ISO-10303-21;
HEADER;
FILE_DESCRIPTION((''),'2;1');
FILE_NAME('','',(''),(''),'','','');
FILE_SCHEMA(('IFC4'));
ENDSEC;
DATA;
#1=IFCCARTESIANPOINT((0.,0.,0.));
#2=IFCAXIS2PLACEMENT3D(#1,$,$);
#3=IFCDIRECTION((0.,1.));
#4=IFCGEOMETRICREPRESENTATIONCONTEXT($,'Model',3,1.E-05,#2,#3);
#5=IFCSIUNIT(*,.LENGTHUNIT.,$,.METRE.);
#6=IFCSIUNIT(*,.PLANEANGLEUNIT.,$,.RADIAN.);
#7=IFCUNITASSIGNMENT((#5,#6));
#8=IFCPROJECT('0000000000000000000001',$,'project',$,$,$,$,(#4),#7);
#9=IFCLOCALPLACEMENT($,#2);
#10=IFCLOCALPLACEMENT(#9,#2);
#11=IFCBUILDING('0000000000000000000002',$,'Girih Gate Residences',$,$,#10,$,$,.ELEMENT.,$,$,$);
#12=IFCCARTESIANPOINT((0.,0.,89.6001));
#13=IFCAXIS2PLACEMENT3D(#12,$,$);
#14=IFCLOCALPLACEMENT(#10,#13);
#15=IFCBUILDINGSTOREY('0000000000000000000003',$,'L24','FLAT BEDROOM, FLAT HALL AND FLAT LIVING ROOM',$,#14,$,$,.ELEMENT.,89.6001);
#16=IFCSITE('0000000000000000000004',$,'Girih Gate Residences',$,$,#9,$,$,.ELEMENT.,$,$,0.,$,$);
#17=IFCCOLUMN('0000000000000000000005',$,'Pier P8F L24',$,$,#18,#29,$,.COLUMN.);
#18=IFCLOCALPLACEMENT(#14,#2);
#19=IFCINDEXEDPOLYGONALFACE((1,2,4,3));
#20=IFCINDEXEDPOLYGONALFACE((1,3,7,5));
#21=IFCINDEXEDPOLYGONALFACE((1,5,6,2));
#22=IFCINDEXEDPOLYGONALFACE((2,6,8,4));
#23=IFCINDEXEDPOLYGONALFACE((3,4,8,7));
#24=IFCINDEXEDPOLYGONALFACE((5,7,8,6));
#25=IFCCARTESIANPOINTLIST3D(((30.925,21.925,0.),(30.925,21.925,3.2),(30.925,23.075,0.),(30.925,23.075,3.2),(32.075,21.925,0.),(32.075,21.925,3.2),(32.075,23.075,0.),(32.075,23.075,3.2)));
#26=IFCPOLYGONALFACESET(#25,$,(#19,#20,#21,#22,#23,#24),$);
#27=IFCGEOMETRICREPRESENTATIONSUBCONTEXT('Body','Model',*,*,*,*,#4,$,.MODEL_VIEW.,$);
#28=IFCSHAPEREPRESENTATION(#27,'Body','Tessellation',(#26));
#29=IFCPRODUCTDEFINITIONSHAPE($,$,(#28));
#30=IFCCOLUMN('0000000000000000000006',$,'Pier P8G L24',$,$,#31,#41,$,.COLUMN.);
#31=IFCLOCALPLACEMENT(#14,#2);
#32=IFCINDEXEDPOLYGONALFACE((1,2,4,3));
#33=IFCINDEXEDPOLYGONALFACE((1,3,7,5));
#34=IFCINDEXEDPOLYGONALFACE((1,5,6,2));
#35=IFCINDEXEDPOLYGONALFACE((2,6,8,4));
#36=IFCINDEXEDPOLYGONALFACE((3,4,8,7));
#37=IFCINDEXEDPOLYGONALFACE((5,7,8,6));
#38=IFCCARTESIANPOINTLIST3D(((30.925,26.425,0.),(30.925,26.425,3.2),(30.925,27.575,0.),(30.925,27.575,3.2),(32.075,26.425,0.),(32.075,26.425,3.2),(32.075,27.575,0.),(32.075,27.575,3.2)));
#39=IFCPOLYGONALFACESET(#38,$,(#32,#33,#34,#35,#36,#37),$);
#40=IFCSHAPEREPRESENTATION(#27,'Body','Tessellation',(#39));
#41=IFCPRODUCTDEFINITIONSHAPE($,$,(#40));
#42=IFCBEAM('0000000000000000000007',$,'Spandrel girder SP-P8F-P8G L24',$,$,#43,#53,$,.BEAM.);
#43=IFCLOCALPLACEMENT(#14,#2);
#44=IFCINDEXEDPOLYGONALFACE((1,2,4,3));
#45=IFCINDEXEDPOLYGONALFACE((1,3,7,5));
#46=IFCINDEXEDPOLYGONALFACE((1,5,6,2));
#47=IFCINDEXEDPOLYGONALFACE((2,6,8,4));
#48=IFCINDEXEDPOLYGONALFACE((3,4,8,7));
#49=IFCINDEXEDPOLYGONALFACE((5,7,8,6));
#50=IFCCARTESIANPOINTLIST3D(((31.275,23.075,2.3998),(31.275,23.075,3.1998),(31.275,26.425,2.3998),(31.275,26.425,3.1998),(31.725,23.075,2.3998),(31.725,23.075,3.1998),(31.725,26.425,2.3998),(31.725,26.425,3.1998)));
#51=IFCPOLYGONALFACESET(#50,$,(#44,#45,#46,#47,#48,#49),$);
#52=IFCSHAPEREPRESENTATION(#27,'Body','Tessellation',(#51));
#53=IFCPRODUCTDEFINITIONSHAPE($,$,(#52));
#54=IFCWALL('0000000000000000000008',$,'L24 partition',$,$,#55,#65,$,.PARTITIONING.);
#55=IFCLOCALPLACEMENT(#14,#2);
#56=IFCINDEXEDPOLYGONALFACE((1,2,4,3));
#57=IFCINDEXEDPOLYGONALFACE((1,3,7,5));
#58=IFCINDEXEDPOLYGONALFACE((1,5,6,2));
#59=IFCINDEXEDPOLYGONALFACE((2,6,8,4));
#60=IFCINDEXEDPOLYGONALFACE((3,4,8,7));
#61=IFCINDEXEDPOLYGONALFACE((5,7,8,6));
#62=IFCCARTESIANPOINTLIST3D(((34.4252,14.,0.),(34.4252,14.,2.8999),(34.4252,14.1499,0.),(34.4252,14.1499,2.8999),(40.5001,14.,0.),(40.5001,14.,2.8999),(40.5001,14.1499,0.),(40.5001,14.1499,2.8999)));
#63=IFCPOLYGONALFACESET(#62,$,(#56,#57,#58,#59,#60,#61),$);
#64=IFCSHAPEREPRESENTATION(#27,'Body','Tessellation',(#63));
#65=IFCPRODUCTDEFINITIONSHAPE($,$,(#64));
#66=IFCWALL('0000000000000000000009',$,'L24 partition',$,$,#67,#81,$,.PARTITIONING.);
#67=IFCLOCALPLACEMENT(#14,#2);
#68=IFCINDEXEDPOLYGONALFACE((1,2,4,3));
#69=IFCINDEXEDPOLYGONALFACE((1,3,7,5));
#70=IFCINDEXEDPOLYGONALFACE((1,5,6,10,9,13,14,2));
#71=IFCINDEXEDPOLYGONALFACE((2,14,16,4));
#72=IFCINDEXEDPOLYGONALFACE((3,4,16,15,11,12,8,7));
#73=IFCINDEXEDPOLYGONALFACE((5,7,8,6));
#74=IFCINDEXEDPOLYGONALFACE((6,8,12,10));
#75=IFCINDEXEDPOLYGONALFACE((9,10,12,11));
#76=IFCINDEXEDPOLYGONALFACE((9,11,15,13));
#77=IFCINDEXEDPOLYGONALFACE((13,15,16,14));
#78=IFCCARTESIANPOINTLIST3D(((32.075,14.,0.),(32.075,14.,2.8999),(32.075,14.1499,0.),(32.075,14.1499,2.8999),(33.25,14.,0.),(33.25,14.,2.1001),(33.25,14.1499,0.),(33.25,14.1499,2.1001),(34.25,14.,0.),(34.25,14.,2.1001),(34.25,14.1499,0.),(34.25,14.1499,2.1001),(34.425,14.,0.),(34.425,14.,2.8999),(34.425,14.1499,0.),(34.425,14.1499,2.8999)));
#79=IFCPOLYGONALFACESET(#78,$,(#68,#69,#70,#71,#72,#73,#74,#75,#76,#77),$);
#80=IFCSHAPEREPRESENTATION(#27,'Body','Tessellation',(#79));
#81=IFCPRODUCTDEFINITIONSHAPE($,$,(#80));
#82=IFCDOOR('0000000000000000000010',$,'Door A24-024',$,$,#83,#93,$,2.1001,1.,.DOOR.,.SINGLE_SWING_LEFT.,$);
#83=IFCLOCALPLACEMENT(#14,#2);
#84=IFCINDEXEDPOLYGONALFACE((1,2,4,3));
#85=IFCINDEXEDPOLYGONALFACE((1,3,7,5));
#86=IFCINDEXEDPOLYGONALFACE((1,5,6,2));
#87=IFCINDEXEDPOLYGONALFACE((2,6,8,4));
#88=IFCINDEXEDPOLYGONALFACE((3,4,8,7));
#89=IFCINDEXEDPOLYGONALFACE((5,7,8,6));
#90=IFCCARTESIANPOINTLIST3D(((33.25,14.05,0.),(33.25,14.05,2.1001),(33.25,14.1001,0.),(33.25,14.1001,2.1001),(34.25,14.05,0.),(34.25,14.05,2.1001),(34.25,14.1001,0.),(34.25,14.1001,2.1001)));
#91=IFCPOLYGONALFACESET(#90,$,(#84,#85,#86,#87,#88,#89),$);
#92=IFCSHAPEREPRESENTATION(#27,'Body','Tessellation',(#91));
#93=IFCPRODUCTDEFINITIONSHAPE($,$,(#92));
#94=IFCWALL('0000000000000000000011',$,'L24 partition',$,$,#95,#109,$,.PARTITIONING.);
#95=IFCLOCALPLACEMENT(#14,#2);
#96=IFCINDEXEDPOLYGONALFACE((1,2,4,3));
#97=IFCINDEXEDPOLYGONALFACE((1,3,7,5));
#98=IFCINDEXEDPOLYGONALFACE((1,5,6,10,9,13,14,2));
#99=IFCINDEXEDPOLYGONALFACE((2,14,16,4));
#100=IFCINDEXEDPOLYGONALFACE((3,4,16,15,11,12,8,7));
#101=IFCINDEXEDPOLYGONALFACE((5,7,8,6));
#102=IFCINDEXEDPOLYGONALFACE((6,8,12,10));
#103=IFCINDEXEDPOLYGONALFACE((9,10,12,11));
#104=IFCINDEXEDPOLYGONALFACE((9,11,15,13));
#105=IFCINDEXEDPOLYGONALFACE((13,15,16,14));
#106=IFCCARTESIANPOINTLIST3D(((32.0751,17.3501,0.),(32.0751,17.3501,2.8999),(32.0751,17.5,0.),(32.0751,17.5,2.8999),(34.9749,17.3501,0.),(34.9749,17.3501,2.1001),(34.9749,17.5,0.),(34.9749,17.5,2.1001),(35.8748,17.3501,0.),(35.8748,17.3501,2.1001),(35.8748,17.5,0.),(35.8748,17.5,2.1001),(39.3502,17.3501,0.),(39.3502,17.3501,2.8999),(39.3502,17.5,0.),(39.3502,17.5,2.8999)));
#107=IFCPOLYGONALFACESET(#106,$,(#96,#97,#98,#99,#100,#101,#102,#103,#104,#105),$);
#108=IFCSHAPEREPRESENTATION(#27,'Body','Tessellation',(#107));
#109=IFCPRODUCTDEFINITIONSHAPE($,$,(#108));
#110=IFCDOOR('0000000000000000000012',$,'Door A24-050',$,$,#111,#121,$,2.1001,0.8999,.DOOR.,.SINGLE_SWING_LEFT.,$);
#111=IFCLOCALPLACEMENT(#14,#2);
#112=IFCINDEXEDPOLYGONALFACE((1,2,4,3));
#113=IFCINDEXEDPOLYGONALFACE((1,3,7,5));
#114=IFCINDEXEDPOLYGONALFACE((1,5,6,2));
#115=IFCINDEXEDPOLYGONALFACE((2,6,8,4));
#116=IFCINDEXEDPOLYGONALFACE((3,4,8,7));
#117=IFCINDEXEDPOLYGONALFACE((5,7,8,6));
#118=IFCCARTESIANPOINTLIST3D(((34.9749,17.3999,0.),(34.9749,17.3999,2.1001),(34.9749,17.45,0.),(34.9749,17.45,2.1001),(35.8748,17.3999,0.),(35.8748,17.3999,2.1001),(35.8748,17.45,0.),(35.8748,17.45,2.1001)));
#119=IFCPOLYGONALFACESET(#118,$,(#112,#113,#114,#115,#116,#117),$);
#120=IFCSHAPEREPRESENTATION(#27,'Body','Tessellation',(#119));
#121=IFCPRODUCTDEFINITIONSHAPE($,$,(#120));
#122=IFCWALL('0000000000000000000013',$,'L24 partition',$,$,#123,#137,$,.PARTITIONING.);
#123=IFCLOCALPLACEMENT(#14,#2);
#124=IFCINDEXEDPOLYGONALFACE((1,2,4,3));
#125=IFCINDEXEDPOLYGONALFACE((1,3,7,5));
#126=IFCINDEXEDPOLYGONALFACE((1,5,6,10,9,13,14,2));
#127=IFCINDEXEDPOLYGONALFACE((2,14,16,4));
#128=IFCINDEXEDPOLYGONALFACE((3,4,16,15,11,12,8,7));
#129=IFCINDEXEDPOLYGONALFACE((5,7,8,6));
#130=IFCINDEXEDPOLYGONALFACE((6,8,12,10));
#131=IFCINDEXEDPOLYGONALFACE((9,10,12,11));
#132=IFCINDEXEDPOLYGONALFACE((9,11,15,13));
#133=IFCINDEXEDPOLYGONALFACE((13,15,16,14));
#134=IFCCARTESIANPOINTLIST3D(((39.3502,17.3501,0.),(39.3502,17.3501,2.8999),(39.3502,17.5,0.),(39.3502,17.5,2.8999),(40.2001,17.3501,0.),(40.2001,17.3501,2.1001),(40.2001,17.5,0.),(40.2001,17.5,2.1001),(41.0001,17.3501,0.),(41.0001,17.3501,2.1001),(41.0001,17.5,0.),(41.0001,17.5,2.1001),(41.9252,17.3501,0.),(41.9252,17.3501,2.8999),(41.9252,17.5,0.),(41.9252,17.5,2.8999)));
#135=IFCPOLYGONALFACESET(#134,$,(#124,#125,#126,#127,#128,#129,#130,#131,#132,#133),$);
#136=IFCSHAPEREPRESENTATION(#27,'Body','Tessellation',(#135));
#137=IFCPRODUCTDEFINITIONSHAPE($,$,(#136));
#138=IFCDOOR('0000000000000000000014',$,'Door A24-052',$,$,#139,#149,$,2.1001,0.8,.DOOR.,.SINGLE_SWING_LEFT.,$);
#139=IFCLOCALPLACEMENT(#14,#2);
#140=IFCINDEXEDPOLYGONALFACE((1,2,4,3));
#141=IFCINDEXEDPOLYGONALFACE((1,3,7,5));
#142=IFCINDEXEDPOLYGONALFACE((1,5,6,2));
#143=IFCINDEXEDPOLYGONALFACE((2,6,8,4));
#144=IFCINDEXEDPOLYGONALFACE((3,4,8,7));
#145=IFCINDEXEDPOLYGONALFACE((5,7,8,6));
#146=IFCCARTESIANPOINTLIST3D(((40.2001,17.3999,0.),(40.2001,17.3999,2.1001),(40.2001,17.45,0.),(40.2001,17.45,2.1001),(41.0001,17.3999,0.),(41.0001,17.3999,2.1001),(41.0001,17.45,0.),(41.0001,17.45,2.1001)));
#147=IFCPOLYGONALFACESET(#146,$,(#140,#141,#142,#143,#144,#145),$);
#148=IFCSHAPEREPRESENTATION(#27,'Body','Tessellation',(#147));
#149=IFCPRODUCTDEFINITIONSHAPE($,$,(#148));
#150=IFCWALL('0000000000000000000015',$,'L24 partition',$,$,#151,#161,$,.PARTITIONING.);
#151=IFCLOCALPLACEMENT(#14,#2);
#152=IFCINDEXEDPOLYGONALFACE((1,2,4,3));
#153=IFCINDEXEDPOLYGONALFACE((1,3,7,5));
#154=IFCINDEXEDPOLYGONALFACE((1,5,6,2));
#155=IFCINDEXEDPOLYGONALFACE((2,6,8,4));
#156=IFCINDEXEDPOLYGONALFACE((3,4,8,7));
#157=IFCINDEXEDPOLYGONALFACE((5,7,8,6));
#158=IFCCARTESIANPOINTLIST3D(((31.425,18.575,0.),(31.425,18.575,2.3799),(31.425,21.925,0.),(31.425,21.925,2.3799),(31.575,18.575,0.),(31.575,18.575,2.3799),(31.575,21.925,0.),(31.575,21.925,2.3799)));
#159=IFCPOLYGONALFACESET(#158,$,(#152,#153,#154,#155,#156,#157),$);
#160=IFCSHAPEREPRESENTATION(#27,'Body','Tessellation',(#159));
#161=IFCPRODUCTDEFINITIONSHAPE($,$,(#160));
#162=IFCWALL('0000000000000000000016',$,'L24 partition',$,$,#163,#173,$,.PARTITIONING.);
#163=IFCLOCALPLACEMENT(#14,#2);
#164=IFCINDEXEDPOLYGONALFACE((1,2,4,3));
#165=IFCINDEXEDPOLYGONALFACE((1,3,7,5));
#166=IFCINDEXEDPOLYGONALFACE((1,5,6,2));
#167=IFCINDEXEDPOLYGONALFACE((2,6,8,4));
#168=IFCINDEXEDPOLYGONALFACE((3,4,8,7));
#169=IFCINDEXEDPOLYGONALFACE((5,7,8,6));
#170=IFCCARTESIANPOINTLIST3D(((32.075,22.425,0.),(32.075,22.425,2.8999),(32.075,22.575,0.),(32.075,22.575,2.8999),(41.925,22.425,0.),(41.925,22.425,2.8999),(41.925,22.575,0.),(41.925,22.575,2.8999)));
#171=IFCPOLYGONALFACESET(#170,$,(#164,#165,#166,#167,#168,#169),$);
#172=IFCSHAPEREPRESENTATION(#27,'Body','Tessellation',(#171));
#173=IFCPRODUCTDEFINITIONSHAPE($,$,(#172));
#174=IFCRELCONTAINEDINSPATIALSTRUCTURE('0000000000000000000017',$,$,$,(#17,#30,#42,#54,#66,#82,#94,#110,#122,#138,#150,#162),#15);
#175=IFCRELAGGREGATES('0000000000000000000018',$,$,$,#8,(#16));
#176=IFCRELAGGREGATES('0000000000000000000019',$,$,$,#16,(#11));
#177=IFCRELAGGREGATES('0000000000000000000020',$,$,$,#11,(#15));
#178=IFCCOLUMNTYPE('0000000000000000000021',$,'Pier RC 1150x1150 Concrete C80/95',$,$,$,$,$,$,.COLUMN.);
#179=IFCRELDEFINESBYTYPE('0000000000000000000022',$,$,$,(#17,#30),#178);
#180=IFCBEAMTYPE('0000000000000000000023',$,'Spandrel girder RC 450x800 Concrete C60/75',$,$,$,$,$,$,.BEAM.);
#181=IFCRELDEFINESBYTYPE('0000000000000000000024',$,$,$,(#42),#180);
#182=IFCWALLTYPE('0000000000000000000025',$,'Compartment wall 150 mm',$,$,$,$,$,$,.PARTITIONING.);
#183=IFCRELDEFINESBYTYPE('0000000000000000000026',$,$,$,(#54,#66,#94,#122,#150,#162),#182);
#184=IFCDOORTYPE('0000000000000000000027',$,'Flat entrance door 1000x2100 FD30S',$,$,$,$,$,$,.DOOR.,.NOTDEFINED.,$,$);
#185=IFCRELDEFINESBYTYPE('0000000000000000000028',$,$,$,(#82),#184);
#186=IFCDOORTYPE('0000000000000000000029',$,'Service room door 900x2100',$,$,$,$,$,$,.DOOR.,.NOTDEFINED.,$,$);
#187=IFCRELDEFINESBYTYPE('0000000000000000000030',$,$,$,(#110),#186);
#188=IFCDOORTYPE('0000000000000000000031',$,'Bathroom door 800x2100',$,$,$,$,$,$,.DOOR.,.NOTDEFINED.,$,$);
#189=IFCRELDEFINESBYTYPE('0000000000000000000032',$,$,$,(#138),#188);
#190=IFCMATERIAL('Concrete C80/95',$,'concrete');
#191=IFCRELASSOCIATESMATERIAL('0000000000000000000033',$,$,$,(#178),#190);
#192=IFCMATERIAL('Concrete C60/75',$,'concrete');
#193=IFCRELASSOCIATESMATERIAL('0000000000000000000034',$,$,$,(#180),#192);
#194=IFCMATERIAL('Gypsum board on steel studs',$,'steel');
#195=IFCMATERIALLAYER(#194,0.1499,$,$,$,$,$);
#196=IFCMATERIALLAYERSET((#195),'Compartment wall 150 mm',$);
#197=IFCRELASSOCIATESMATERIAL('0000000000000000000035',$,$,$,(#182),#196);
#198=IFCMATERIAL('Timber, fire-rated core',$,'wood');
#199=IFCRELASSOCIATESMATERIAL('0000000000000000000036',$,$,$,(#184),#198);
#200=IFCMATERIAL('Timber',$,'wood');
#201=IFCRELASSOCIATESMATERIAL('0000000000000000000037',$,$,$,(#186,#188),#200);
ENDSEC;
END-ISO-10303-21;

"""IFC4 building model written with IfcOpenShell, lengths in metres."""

from ifc_helpers import new_model, si_unit, direction, frame, frame_2d, origin, origin_2d, place, context, subcontext, project, spatial, rectangle, extrude, material, layer, layer_set, material_profile, profile_set, type_object, element, fill, save


model = new_model("IFC4")

# Units and contexts
model_context = context("Model", 3, precision=1e-05, world=origin(), true_north=direction((0.0, 1.0)))
body_context = subcontext(model_context, "Body", "Model", "MODEL_VIEW")
ifc_project = project(units=[si_unit("LENGTHUNIT", "METRE"), si_unit("PLANEANGLEUNIT", "RADIAN")], contexts=[model_context])

# Site, building, storey
site_placement = place(None, origin())
site = spatial("IfcSite", under=ifc_project, at=site_placement, Name="Girih Gate Residences", CompositionType="ELEMENT", RefElevation=0.0)
building_placement = place(site_placement, origin())
building = spatial("IfcBuilding", under=site, at=building_placement, Name="Girih Gate Residences", CompositionType="ELEMENT")
storey_placement = place(building_placement, frame((0.0, 0.0, 89.6001)))
storey = spatial("IfcBuildingStorey", under=building, at=storey_placement, Name="L24", Description="FLAT BEDROOM, FLAT HALL AND FLAT LIVING ROOM", CompositionType="ELEMENT", Elevation=89.6001)

# Columns
ifc_material_1 = material(Name="Concrete C80/95", Category="concrete")
ifc_material_profile_1 = material_profile(ifc_material_1, rectangle(XDim=1.1499, YDim=1.1499, at=origin_2d()))
ifc_profile_set_1 = profile_set([ifc_material_profile_1], Name="Concrete C80/95")
column_type = type_object("IfcColumnType", Name="Pier RC 1150x1150 Concrete C80/95", PredefinedType="COLUMN", material=ifc_profile_set_1)
for number, where, z_axis, x_axis, name in (
    (1, (31.5, 22.5, 0.0), (0.0, 0.0, 1.0), (1.0, 0.0, 0.0), "Pier P8F L24"),
    (2, (31.5, 27.0, 0.0), (0.0, 0.0, 1.0), (1.0, 0.0, 0.0), "Pier P8G L24"),
):
    element("IfcColumn", number, at=place(storey_placement, frame(where, z_axis=z_axis, x_axis=x_axis)), inside=storey, type_object=column_type, Name=name, PredefinedType="COLUMN", context=body_context, shape_type="SweptSolid", body=[
        extrude(rectangle(XDim=1.1499, YDim=1.1499, at=origin_2d()), origin(), (0.0, 0.0, 1.0), 3.2),
    ])

# Beam
ifc_material_2 = material(Name="Concrete C60/75", Category="concrete")
ifc_material_profile_2 = material_profile(ifc_material_2, rectangle(XDim=0.45, YDim=0.8, at=origin_2d()))
ifc_profile_set_2 = profile_set([ifc_material_profile_2], Name="Concrete C60/75")
beam_type = type_object("IfcBeamType", Name="Spandrel girder RC 450x800 Concrete C60/75", PredefinedType="BEAM", material=ifc_profile_set_2)
beam_placement = place(storey_placement, frame((31.5, 23.075, 2.7998), z_axis=(0.0, 1.0, 0.0), x_axis=(-1.0, 0.0, 0.0)))
element("IfcBeam", 3, at=beam_placement, inside=storey, type_object=beam_type, Name="Spandrel girder SP-P8F-P8G L24", PredefinedType="BEAM", context=body_context, shape_type="SweptSolid", body=[
    extrude(rectangle(XDim=0.45, YDim=0.8, at=origin_2d()), origin(), (0.0, 0.0, 1.0), 3.3501),
])

# Wall
ifc_material_3 = material(Name="Gypsum board on steel studs", Category="steel")
ifc_layer_1 = layer(ifc_material_3, 0.1499)
ifc_layer_set_1 = layer_set([ifc_layer_1], Name="Compartment wall 150 mm")
wall_type_1 = type_object("IfcWallType", Name="Compartment wall 150 mm", PredefinedType="PARTITIONING", material=ifc_layer_set_1)
wall_1_placement = place(storey_placement, frame((34.425, 14.075, 0.0), z_axis=(0.0, 0.0, 1.0), x_axis=(1.0, 0.0, 0.0)))
element("IfcWall", 4, at=wall_1_placement, inside=storey, type_object=wall_type_1, Name="L24 partition", PredefinedType="PARTITIONING", context=body_context, shape_type="SweptSolid", body=[
    extrude(rectangle(XDim=6.075, YDim=0.1499, at=frame_2d((3.0376, 0.0))), origin(), (0.0, 0.0, 1.0), 2.8999),
])

# Walls, openings, doors
wall_2_placement = place(storey_placement, frame((34.425, 14.075, 0.0), z_axis=(0.0, 0.0, 1.0), x_axis=(-1.0, 0.0, 0.0)))
wall_2 = element("IfcWall", 5, at=wall_2_placement, inside=storey, type_object=wall_type_1, Name="L24 partition", PredefinedType="PARTITIONING", context=body_context, shape_type="SweptSolid", body=[
    extrude(rectangle(XDim=2.3501, YDim=0.1499, at=frame_2d((1.175, 0.0))), origin(), (0.0, 0.0, 1.0), 2.8999),
])
opening_1_placement = place(wall_2_placement, frame((0.175, 0.0, 0.0)))
opening_1 = element("IfcOpeningElement", 6, at=opening_1_placement, cuts=wall_2, PredefinedType="OPENING", context=body_context, shape_type="SweptSolid", body=[
    extrude(rectangle(XDim=1.0, YDim=2.1001, at=frame_2d((0.5, 1.05))), frame((0.0, 0.085, 0.0), z_axis=(0.0, -1.0, 0.0), x_axis=(1.0, 0.0, 0.0)), (0.0, 0.0, 1.0), 0.1699),
])
ifc_material_4 = material(Name="Timber, fire-rated core", Category="wood")
door_type_1 = type_object("IfcDoorType", Name="Flat entrance door 1000x2100 FD30S", OperationType="NOTDEFINED", PredefinedType="DOOR", material=ifc_material_4)
door_1_placement = place(opening_1_placement, origin())
door_1 = element("IfcDoor", 7, at=door_1_placement, inside=storey, type_object=door_type_1, Name="Door A24-024", OperationType="SINGLE_SWING_LEFT", OverallHeight=2.1001, OverallWidth=1.0, PredefinedType="DOOR", context=body_context, shape_type="SweptSolid", body=[
    extrude(rectangle(XDim=1.0, YDim=2.1001, at=frame_2d((0.5, 1.05))), frame((0.0, 0.0249, 0.0), z_axis=(0.0, -1.0, 0.0), x_axis=(1.0, 0.0, 0.0)), (0.0, 0.0, 1.0), 0.05),
])
fill(opening_1, door_1)
wall_3_placement = place(storey_placement, frame((32.075, 17.425, 0.0), z_axis=(0.0, 0.0, 1.0), x_axis=(1.0, 0.0, 0.0)))
wall_3 = element("IfcWall", 8, at=wall_3_placement, inside=storey, type_object=wall_type_1, Name="L24 partition", PredefinedType="PARTITIONING", context=body_context, shape_type="SweptSolid", body=[
    extrude(rectangle(XDim=7.2751, YDim=0.1499, at=frame_2d((3.6377, 0.0))), origin(), (0.0, 0.0, 1.0), 2.8999),
])
opening_2_placement = place(wall_3_placement, frame((2.8999, 0.0, 0.0)))
opening_2 = element("IfcOpeningElement", 9, at=opening_2_placement, cuts=wall_3, PredefinedType="OPENING", context=body_context, shape_type="SweptSolid", body=[
    extrude(rectangle(XDim=0.8999, YDim=2.1001, at=frame_2d((0.45, 1.05))), frame((0.0, 0.085, 0.0), z_axis=(0.0, -1.0, 0.0), x_axis=(1.0, 0.0, 0.0)), (0.0, 0.0, 1.0), 0.1699),
])
ifc_material_5 = material(Name="Timber", Category="wood")
door_type_2 = type_object("IfcDoorType", Name="Service room door 900x2100", OperationType="NOTDEFINED", PredefinedType="DOOR", material=ifc_material_5)
door_2_placement = place(opening_2_placement, origin())
door_2 = element("IfcDoor", 10, at=door_2_placement, inside=storey, type_object=door_type_2, Name="Door A24-050", OperationType="SINGLE_SWING_LEFT", OverallHeight=2.1001, OverallWidth=0.8999, PredefinedType="DOOR", context=body_context, shape_type="SweptSolid", body=[
    extrude(rectangle(XDim=0.8999, YDim=2.1001, at=frame_2d((0.45, 1.05))), frame((0.0, 0.0249, 0.0), z_axis=(0.0, -1.0, 0.0), x_axis=(1.0, 0.0, 0.0)), (0.0, 0.0, 1.0), 0.05),
])
fill(opening_2, door_2)
wall_4_placement = place(storey_placement, frame((39.3501, 17.425, 0.0), z_axis=(0.0, 0.0, 1.0), x_axis=(1.0, 0.0, 0.0)))
wall_4 = element("IfcWall", 11, at=wall_4_placement, inside=storey, type_object=wall_type_1, Name="L24 partition", PredefinedType="PARTITIONING", context=body_context, shape_type="SweptSolid", body=[
    extrude(rectangle(XDim=2.575, YDim=0.1499, at=frame_2d((1.2876, 0.0))), origin(), (0.0, 0.0, 1.0), 2.8999),
])
opening_3_placement = place(wall_4_placement, frame((0.8501, 0.0, 0.0)))
opening_3 = element("IfcOpeningElement", 12, at=opening_3_placement, cuts=wall_4, PredefinedType="OPENING", context=body_context, shape_type="SweptSolid", body=[
    extrude(rectangle(XDim=0.8, YDim=2.1001, at=frame_2d((0.3999, 1.05))), frame((0.0, 0.085, 0.0), z_axis=(0.0, -1.0, 0.0), x_axis=(1.0, 0.0, 0.0)), (0.0, 0.0, 1.0), 0.1699),
])
door_type_3 = type_object("IfcDoorType", Name="Bathroom door 800x2100", OperationType="NOTDEFINED", PredefinedType="DOOR", material=ifc_material_5)
door_3_placement = place(opening_3_placement, origin())
door_3 = element("IfcDoor", 13, at=door_3_placement, inside=storey, type_object=door_type_3, Name="Door A24-052", OperationType="SINGLE_SWING_LEFT", OverallHeight=2.1001, OverallWidth=0.8, PredefinedType="DOOR", context=body_context, shape_type="SweptSolid", body=[
    extrude(rectangle(XDim=0.8, YDim=2.1001, at=frame_2d((0.3999, 1.05))), frame((0.0, 0.0249, 0.0), z_axis=(0.0, -1.0, 0.0), x_axis=(1.0, 0.0, 0.0)), (0.0, 0.0, 1.0), 0.05),
])
fill(opening_3, door_3)

# Walls
wall_5_placement = place(storey_placement, frame((31.5, 18.575, 0.0), z_axis=(0.0, 0.0, 1.0), x_axis=(0.0, 1.0, 0.0)))
element("IfcWall", 14, at=wall_5_placement, inside=storey, type_object=wall_type_1, Name="L24 partition", PredefinedType="PARTITIONING", context=body_context, shape_type="SweptSolid", body=[
    extrude(rectangle(XDim=3.3501, YDim=0.1499, at=frame_2d((1.675, 0.0))), origin(), (0.0, 0.0, 1.0), 2.3799),
])
wall_6_placement = place(storey_placement, frame((32.075, 22.5, 0.0), z_axis=(0.0, 0.0, 1.0), x_axis=(1.0, 0.0, 0.0)))
element("IfcWall", 15, at=wall_6_placement, inside=storey, type_object=wall_type_1, Name="L24 partition", PredefinedType="PARTITIONING", context=body_context, shape_type="SweptSolid", body=[
    extrude(rectangle(XDim=9.8501, YDim=0.1499, at=frame_2d((4.925, 0.0))), origin(), (0.0, 0.0, 1.0), 2.8999),
])

save(model, "model.ifc")
